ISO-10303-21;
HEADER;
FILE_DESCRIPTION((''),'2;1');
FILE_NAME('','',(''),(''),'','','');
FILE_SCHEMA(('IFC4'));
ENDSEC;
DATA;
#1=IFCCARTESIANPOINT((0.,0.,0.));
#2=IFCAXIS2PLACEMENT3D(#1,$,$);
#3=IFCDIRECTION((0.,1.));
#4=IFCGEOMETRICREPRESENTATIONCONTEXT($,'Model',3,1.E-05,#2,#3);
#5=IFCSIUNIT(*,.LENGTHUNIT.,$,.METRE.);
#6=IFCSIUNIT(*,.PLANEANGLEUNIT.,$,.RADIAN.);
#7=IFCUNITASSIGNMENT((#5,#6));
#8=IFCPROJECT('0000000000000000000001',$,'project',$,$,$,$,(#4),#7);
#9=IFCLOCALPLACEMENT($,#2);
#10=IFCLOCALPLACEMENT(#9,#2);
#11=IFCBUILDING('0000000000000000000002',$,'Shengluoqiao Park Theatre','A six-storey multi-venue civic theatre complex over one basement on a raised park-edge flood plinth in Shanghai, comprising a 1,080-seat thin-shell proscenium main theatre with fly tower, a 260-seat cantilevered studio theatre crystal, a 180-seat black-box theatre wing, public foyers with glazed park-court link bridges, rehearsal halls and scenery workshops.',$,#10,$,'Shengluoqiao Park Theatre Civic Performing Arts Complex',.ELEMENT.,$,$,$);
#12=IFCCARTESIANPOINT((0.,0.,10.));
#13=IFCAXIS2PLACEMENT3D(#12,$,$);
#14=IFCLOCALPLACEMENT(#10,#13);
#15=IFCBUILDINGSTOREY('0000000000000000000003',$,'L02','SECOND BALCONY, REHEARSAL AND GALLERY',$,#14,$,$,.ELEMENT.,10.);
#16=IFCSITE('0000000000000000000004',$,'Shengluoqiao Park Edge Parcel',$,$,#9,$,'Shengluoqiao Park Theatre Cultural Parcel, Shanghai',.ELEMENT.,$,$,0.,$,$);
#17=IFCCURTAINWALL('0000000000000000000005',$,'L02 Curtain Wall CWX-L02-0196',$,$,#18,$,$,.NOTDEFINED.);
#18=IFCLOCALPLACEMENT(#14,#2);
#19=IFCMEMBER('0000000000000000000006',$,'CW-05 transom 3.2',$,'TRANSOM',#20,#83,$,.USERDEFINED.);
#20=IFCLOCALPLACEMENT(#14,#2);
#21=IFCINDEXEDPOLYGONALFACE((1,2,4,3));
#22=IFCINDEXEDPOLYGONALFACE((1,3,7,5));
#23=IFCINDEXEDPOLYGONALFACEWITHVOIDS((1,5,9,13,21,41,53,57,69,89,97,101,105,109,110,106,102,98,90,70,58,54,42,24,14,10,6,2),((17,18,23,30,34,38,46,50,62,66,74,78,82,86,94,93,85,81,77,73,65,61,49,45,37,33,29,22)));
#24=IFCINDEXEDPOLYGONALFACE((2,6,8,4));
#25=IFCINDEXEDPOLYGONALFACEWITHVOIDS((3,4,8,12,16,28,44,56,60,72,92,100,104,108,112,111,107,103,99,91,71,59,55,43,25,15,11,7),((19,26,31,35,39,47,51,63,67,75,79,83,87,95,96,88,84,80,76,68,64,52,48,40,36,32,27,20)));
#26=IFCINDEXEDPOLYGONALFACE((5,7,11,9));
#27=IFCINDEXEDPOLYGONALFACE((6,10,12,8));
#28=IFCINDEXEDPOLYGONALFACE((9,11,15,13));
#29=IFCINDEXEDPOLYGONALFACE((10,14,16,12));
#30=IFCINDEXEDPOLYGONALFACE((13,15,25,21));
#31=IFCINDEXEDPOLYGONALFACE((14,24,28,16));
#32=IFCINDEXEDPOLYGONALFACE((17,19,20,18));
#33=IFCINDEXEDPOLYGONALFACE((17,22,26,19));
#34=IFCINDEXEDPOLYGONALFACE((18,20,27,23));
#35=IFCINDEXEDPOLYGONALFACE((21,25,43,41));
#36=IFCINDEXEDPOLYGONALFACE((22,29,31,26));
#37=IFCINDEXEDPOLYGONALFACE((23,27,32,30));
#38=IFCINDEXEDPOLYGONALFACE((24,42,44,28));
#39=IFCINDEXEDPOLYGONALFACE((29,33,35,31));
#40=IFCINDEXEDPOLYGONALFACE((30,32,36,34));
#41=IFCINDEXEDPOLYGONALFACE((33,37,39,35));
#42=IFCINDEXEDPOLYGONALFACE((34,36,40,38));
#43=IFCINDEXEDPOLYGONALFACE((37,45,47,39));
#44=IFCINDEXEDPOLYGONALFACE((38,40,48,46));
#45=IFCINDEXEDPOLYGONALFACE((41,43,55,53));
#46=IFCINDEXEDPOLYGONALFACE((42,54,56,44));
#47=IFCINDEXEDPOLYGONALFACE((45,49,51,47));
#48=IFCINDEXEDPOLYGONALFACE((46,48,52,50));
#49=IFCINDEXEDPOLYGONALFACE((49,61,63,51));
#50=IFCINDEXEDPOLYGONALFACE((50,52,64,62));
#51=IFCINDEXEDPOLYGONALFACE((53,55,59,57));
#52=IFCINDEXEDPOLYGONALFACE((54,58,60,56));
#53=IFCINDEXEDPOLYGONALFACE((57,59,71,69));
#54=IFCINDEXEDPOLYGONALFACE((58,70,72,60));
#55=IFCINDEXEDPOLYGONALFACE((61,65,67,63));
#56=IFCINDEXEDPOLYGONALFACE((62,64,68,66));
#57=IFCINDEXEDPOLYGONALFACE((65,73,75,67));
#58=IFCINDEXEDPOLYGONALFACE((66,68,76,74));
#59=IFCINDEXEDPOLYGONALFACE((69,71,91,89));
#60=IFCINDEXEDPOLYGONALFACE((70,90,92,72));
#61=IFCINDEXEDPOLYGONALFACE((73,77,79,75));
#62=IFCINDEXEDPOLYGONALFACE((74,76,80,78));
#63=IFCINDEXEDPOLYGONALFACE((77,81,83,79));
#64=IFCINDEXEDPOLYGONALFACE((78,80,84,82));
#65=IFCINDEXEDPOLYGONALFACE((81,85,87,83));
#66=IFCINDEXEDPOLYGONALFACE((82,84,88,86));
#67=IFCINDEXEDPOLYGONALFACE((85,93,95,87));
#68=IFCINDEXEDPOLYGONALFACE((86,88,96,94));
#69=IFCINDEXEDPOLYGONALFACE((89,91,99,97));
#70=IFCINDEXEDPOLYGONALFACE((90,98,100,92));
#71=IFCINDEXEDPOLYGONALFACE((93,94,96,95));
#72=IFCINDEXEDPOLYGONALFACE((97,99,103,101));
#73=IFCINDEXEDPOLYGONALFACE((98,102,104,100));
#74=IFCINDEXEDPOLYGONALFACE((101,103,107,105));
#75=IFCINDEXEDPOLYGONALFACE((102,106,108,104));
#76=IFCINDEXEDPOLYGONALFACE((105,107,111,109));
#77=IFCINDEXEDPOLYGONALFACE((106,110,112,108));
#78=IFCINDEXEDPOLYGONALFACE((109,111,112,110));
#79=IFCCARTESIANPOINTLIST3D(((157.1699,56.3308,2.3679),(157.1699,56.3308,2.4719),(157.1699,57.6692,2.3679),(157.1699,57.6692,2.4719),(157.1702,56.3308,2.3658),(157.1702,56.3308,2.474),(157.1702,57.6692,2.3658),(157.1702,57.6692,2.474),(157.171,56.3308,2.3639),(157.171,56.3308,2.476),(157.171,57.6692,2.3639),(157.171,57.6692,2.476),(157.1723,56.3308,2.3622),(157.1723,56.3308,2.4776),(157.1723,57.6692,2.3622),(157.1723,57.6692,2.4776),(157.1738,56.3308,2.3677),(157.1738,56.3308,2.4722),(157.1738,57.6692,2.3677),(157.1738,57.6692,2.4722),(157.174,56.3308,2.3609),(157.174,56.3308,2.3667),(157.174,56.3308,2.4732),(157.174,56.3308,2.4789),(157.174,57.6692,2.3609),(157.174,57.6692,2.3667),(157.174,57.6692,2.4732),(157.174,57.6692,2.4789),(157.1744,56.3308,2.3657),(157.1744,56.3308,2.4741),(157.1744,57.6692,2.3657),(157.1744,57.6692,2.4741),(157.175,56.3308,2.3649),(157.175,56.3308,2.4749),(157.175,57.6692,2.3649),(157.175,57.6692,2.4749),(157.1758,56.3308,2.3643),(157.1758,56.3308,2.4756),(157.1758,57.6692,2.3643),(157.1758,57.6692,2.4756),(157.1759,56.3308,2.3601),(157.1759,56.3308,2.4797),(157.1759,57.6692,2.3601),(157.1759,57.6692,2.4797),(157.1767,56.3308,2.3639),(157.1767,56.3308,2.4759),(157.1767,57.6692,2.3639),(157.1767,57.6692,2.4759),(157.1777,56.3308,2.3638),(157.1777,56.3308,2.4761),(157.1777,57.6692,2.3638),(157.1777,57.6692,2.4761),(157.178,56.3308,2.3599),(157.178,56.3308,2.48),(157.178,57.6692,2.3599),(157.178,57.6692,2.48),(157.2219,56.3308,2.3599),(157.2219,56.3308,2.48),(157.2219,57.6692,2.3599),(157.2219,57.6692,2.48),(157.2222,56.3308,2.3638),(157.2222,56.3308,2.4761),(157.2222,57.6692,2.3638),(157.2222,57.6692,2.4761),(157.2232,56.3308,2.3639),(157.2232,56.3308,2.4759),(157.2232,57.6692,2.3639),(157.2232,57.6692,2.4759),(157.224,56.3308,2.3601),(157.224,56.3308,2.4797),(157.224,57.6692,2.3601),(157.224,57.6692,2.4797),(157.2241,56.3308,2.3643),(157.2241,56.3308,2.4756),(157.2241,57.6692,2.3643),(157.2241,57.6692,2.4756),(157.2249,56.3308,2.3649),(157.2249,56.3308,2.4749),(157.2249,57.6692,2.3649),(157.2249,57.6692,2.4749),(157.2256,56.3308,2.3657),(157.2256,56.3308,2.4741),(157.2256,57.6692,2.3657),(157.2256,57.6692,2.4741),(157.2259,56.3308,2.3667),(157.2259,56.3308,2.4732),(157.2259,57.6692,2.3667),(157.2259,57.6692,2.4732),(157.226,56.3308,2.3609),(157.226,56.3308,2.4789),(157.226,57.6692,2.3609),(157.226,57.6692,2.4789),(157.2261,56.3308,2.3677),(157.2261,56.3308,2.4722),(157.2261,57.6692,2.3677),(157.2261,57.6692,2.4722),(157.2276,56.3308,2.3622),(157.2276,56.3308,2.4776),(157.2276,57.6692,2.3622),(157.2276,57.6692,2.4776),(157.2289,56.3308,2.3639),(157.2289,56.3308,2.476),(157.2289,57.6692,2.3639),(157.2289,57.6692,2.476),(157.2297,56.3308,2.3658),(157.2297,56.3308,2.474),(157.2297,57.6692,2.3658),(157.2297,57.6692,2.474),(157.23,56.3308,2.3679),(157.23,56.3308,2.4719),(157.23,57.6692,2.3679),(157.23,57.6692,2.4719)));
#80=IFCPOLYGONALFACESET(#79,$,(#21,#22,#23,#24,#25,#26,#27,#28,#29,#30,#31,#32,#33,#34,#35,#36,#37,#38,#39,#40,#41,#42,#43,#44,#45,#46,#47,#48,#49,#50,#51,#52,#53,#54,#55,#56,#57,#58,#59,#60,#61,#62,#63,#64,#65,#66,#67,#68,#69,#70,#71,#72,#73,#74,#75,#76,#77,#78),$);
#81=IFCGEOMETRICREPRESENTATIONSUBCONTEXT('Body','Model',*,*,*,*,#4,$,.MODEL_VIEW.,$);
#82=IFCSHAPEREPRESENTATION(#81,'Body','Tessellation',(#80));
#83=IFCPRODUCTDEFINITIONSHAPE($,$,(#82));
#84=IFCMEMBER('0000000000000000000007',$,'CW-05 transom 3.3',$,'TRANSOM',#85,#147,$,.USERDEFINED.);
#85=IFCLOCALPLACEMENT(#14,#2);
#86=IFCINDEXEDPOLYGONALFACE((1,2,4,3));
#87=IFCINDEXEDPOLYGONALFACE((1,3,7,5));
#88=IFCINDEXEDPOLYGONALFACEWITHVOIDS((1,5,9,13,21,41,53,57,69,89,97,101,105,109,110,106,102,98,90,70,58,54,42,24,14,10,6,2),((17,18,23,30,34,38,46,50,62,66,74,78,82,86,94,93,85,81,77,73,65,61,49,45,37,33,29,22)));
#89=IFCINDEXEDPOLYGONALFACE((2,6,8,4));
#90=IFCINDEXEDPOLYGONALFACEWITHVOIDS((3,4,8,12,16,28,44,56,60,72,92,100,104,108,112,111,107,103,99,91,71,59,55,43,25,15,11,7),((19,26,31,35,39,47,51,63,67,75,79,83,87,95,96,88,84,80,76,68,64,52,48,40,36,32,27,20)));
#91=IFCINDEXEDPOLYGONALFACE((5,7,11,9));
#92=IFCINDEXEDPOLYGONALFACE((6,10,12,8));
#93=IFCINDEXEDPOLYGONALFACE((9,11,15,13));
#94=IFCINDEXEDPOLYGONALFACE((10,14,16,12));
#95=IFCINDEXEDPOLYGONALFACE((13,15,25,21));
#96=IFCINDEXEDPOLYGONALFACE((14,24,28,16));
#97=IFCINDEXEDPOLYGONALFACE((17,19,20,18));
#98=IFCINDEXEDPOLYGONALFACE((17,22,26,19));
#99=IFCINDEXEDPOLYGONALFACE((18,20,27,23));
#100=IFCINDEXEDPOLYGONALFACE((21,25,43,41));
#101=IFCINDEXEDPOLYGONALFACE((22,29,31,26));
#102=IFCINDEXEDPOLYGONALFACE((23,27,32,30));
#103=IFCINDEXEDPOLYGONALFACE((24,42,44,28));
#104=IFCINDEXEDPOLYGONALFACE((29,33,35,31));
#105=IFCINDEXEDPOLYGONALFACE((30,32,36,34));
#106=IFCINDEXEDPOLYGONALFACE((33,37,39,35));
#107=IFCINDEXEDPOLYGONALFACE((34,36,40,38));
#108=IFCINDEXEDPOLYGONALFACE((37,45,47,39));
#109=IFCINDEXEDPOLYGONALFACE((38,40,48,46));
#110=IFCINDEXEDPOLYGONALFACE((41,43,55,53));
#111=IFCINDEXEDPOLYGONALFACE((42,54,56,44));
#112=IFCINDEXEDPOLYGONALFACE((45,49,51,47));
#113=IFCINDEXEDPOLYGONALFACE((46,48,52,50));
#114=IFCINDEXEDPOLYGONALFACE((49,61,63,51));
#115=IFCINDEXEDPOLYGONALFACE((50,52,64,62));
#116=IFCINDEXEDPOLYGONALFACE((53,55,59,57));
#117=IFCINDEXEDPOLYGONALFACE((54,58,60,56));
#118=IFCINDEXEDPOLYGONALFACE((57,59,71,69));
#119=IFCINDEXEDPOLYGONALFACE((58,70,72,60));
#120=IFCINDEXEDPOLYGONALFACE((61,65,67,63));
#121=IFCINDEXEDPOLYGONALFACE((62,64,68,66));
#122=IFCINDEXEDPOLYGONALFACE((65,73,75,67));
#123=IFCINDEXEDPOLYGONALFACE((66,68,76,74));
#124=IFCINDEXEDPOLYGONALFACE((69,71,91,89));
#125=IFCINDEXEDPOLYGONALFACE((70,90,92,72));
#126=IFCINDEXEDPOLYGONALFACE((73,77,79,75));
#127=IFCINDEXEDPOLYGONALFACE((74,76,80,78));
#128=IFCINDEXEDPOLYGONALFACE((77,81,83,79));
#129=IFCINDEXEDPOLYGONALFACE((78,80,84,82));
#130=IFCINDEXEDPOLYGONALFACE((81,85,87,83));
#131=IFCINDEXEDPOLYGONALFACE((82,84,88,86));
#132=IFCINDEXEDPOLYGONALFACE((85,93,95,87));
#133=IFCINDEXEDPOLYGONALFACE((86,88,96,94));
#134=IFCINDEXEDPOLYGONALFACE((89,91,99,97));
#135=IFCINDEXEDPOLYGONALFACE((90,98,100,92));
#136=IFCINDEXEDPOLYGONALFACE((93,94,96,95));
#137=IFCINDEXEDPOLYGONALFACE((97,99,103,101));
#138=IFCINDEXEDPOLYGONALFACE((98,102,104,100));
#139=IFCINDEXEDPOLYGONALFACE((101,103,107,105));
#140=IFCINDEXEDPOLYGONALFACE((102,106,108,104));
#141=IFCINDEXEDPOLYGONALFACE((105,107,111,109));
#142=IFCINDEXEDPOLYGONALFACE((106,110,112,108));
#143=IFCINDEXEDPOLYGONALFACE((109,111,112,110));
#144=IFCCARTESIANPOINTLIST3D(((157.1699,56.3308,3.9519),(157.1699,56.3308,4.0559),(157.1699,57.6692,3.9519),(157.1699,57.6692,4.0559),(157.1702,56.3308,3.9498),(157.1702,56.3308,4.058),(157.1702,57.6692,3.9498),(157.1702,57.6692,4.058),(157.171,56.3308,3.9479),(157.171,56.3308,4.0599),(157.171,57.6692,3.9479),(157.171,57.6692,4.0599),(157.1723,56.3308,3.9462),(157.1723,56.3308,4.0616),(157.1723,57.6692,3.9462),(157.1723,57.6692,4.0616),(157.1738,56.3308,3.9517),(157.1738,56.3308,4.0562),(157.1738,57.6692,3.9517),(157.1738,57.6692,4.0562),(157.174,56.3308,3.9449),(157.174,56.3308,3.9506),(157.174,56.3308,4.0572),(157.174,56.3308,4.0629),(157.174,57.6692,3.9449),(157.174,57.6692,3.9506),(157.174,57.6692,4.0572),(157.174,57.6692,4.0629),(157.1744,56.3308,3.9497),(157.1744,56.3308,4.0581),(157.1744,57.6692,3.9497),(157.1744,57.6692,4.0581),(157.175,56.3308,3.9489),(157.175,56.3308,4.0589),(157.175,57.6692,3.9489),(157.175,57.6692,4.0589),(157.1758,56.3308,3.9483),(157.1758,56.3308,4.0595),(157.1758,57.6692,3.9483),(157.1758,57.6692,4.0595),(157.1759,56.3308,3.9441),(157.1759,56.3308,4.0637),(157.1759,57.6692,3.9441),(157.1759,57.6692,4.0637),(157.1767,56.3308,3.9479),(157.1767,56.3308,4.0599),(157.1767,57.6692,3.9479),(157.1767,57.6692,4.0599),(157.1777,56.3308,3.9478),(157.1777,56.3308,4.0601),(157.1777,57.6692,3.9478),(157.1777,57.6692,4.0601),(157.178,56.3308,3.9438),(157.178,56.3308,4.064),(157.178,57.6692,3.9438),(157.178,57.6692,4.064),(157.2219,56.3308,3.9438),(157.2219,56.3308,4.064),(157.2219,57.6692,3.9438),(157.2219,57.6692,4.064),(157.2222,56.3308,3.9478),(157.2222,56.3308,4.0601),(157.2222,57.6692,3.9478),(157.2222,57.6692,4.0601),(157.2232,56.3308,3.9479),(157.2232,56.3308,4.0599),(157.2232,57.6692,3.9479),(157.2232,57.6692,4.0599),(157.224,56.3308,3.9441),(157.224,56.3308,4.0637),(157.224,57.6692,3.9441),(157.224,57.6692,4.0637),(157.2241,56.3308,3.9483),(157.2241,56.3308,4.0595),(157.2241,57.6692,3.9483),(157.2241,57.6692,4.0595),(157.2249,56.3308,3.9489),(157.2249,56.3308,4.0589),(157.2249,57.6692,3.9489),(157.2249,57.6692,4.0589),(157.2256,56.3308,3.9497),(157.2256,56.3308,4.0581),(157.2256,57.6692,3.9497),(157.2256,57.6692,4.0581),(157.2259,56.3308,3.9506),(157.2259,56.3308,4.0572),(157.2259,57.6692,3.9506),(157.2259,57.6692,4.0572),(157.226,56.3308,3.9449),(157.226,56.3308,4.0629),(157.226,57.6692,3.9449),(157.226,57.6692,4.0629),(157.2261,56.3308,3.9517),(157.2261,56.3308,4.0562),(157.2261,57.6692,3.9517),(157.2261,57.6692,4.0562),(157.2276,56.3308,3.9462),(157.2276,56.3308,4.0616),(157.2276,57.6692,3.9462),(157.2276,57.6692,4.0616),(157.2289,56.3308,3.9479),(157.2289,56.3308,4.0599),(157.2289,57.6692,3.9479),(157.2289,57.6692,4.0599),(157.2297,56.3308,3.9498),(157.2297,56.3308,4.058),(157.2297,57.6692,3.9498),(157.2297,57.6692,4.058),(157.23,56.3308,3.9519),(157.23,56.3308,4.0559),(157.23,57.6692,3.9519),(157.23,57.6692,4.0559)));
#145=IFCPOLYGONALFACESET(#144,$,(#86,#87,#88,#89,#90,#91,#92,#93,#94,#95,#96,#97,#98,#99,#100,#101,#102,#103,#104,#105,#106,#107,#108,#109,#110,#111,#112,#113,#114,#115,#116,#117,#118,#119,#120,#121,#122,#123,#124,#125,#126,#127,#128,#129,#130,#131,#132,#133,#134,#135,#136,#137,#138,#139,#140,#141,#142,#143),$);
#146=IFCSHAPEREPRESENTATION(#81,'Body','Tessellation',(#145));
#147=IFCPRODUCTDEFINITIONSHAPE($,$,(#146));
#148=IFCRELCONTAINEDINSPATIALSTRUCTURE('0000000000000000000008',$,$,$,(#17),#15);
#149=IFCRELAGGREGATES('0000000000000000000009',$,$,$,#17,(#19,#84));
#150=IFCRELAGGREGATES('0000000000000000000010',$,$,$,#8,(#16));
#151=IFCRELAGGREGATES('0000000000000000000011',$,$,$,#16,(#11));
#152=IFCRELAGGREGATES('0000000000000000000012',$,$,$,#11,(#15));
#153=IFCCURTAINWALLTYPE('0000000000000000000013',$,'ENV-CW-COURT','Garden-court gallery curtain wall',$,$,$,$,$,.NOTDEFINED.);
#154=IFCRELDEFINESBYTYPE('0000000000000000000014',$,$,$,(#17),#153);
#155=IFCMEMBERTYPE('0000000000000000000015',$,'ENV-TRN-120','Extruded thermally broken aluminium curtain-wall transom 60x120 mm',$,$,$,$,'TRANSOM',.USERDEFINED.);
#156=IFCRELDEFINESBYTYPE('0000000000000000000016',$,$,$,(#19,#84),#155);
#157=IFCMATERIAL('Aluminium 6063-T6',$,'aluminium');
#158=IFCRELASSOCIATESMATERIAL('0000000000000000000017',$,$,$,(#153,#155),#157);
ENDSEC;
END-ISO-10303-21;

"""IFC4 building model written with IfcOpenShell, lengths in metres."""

from ifc_helpers import new_model, si_unit, direction, frame, origin, origin_2d, place, context, subcontext, project, spatial, hollow_rectangle, extrude, material, material_profile, profile_set, type_object, element, aggregate, save


model = new_model("IFC4")

# Units and contexts
model_context = context("Model", 3, precision=1e-05, world=origin(), true_north=direction((0.0, 1.0)))
body_context = subcontext(model_context, "Body", "Model", "MODEL_VIEW")
ifc_project = project(units=[si_unit("LENGTHUNIT", "METRE"), si_unit("PLANEANGLEUNIT", "RADIAN")], contexts=[model_context])

# Site, building, storey
site_placement = place(None, origin())
site = spatial("IfcSite", under=ifc_project, at=site_placement, Name="Shengluoqiao Park Edge Parcel", LongName="Shengluoqiao Park Theatre Cultural Parcel, Shanghai", CompositionType="ELEMENT", RefElevation=0.0)
building_placement = place(site_placement, origin())
building = spatial("IfcBuilding", under=site, at=building_placement, Name="Shengluoqiao Park Theatre", Description="A six-storey multi-venue civic theatre complex over one basement on a raised park-edge flood plinth in Shanghai, comprising a 1,080-seat thin-shell proscenium main theatre with fly tower, a 260-seat cantilevered studio theatre crystal, a 180-seat black-box theatre wing, public foyers with glazed park-court link bridges, rehearsal halls and scenery workshops.", LongName="Shengluoqiao Park Theatre Civic Performing Arts Complex", CompositionType="ELEMENT")
storey_placement = place(building_placement, frame((0.0, 0.0, 10.0)))
storey = spatial("IfcBuildingStorey", under=building, at=storey_placement, Name="L02", Description="SECOND BALCONY, REHEARSAL AND GALLERY", CompositionType="ELEMENT", Elevation=10.0)

# Curtain wall, members
ifc_material_1 = material(Name="Aluminium 6063-T6", Category="aluminium")
curtain_wall_type = type_object("IfcCurtainWallType", Name="ENV-CW-COURT", Description="Garden-court gallery curtain wall", PredefinedType="NOTDEFINED", material=ifc_material_1)
curtain_wall_placement = place(storey_placement, origin())
curtain_wall = element("IfcCurtainWall", 1, at=curtain_wall_placement, inside=storey, type_object=curtain_wall_type, Name="L02 Curtain Wall CWX-L02-0196", PredefinedType="NOTDEFINED")
ifc_material_profile_1 = material_profile(ifc_material_1, hollow_rectangle(XDim=0.0601, YDim=0.1201, WallThickness=0.0039, InnerFilletRadius=0.0039, OuterFilletRadius=0.0081, at=origin_2d()), Name="ALU TRANSOM 120x60x4")
ifc_profile_set_1 = profile_set([ifc_material_profile_1], Name="Aluminium 6063-T6")
member_type_1 = type_object("IfcMemberType", Name="ENV-TRN-120", Description="Extruded thermally broken aluminium curtain-wall transom 60x120 mm", ElementType="TRANSOM", PredefinedType="USERDEFINED", material=ifc_profile_set_1)
member_1_placement = place(storey_placement, frame((157.2, 56.3308, 2.4199), z_axis=(0.0, 1.0, 0.0), x_axis=(-1.0, 0.0, 0.0)))
member_1 = element("IfcMember", 2, at=member_1_placement, type_object=member_type_1, Name="CW-05 transom 3.2", ObjectType="TRANSOM", PredefinedType="USERDEFINED", context=body_context, shape_type="SweptSolid", body=[
    extrude(hollow_rectangle(XDim=0.0601, YDim=0.1201, WallThickness=0.0039, InnerFilletRadius=0.0039, OuterFilletRadius=0.0081, at=origin_2d()), origin(), (0.0, 0.0, 1.0), 1.3384),
])
member_2_placement = place(storey_placement, frame((157.2, 56.3308, 4.0039), z_axis=(0.0, 1.0, 0.0), x_axis=(-1.0, 0.0, 0.0)))
member_2 = element("IfcMember", 3, at=member_2_placement, type_object=member_type_1, Name="CW-05 transom 3.3", ObjectType="TRANSOM", PredefinedType="USERDEFINED", context=body_context, shape_type="SweptSolid", body=[
    extrude(hollow_rectangle(XDim=0.0601, YDim=0.1201, WallThickness=0.0039, InnerFilletRadius=0.0039, OuterFilletRadius=0.0081, at=origin_2d()), origin(), (0.0, 0.0, 1.0), 1.3384),
])
aggregate(curtain_wall, [member_1, member_2])

save(model, "model.ifc")
